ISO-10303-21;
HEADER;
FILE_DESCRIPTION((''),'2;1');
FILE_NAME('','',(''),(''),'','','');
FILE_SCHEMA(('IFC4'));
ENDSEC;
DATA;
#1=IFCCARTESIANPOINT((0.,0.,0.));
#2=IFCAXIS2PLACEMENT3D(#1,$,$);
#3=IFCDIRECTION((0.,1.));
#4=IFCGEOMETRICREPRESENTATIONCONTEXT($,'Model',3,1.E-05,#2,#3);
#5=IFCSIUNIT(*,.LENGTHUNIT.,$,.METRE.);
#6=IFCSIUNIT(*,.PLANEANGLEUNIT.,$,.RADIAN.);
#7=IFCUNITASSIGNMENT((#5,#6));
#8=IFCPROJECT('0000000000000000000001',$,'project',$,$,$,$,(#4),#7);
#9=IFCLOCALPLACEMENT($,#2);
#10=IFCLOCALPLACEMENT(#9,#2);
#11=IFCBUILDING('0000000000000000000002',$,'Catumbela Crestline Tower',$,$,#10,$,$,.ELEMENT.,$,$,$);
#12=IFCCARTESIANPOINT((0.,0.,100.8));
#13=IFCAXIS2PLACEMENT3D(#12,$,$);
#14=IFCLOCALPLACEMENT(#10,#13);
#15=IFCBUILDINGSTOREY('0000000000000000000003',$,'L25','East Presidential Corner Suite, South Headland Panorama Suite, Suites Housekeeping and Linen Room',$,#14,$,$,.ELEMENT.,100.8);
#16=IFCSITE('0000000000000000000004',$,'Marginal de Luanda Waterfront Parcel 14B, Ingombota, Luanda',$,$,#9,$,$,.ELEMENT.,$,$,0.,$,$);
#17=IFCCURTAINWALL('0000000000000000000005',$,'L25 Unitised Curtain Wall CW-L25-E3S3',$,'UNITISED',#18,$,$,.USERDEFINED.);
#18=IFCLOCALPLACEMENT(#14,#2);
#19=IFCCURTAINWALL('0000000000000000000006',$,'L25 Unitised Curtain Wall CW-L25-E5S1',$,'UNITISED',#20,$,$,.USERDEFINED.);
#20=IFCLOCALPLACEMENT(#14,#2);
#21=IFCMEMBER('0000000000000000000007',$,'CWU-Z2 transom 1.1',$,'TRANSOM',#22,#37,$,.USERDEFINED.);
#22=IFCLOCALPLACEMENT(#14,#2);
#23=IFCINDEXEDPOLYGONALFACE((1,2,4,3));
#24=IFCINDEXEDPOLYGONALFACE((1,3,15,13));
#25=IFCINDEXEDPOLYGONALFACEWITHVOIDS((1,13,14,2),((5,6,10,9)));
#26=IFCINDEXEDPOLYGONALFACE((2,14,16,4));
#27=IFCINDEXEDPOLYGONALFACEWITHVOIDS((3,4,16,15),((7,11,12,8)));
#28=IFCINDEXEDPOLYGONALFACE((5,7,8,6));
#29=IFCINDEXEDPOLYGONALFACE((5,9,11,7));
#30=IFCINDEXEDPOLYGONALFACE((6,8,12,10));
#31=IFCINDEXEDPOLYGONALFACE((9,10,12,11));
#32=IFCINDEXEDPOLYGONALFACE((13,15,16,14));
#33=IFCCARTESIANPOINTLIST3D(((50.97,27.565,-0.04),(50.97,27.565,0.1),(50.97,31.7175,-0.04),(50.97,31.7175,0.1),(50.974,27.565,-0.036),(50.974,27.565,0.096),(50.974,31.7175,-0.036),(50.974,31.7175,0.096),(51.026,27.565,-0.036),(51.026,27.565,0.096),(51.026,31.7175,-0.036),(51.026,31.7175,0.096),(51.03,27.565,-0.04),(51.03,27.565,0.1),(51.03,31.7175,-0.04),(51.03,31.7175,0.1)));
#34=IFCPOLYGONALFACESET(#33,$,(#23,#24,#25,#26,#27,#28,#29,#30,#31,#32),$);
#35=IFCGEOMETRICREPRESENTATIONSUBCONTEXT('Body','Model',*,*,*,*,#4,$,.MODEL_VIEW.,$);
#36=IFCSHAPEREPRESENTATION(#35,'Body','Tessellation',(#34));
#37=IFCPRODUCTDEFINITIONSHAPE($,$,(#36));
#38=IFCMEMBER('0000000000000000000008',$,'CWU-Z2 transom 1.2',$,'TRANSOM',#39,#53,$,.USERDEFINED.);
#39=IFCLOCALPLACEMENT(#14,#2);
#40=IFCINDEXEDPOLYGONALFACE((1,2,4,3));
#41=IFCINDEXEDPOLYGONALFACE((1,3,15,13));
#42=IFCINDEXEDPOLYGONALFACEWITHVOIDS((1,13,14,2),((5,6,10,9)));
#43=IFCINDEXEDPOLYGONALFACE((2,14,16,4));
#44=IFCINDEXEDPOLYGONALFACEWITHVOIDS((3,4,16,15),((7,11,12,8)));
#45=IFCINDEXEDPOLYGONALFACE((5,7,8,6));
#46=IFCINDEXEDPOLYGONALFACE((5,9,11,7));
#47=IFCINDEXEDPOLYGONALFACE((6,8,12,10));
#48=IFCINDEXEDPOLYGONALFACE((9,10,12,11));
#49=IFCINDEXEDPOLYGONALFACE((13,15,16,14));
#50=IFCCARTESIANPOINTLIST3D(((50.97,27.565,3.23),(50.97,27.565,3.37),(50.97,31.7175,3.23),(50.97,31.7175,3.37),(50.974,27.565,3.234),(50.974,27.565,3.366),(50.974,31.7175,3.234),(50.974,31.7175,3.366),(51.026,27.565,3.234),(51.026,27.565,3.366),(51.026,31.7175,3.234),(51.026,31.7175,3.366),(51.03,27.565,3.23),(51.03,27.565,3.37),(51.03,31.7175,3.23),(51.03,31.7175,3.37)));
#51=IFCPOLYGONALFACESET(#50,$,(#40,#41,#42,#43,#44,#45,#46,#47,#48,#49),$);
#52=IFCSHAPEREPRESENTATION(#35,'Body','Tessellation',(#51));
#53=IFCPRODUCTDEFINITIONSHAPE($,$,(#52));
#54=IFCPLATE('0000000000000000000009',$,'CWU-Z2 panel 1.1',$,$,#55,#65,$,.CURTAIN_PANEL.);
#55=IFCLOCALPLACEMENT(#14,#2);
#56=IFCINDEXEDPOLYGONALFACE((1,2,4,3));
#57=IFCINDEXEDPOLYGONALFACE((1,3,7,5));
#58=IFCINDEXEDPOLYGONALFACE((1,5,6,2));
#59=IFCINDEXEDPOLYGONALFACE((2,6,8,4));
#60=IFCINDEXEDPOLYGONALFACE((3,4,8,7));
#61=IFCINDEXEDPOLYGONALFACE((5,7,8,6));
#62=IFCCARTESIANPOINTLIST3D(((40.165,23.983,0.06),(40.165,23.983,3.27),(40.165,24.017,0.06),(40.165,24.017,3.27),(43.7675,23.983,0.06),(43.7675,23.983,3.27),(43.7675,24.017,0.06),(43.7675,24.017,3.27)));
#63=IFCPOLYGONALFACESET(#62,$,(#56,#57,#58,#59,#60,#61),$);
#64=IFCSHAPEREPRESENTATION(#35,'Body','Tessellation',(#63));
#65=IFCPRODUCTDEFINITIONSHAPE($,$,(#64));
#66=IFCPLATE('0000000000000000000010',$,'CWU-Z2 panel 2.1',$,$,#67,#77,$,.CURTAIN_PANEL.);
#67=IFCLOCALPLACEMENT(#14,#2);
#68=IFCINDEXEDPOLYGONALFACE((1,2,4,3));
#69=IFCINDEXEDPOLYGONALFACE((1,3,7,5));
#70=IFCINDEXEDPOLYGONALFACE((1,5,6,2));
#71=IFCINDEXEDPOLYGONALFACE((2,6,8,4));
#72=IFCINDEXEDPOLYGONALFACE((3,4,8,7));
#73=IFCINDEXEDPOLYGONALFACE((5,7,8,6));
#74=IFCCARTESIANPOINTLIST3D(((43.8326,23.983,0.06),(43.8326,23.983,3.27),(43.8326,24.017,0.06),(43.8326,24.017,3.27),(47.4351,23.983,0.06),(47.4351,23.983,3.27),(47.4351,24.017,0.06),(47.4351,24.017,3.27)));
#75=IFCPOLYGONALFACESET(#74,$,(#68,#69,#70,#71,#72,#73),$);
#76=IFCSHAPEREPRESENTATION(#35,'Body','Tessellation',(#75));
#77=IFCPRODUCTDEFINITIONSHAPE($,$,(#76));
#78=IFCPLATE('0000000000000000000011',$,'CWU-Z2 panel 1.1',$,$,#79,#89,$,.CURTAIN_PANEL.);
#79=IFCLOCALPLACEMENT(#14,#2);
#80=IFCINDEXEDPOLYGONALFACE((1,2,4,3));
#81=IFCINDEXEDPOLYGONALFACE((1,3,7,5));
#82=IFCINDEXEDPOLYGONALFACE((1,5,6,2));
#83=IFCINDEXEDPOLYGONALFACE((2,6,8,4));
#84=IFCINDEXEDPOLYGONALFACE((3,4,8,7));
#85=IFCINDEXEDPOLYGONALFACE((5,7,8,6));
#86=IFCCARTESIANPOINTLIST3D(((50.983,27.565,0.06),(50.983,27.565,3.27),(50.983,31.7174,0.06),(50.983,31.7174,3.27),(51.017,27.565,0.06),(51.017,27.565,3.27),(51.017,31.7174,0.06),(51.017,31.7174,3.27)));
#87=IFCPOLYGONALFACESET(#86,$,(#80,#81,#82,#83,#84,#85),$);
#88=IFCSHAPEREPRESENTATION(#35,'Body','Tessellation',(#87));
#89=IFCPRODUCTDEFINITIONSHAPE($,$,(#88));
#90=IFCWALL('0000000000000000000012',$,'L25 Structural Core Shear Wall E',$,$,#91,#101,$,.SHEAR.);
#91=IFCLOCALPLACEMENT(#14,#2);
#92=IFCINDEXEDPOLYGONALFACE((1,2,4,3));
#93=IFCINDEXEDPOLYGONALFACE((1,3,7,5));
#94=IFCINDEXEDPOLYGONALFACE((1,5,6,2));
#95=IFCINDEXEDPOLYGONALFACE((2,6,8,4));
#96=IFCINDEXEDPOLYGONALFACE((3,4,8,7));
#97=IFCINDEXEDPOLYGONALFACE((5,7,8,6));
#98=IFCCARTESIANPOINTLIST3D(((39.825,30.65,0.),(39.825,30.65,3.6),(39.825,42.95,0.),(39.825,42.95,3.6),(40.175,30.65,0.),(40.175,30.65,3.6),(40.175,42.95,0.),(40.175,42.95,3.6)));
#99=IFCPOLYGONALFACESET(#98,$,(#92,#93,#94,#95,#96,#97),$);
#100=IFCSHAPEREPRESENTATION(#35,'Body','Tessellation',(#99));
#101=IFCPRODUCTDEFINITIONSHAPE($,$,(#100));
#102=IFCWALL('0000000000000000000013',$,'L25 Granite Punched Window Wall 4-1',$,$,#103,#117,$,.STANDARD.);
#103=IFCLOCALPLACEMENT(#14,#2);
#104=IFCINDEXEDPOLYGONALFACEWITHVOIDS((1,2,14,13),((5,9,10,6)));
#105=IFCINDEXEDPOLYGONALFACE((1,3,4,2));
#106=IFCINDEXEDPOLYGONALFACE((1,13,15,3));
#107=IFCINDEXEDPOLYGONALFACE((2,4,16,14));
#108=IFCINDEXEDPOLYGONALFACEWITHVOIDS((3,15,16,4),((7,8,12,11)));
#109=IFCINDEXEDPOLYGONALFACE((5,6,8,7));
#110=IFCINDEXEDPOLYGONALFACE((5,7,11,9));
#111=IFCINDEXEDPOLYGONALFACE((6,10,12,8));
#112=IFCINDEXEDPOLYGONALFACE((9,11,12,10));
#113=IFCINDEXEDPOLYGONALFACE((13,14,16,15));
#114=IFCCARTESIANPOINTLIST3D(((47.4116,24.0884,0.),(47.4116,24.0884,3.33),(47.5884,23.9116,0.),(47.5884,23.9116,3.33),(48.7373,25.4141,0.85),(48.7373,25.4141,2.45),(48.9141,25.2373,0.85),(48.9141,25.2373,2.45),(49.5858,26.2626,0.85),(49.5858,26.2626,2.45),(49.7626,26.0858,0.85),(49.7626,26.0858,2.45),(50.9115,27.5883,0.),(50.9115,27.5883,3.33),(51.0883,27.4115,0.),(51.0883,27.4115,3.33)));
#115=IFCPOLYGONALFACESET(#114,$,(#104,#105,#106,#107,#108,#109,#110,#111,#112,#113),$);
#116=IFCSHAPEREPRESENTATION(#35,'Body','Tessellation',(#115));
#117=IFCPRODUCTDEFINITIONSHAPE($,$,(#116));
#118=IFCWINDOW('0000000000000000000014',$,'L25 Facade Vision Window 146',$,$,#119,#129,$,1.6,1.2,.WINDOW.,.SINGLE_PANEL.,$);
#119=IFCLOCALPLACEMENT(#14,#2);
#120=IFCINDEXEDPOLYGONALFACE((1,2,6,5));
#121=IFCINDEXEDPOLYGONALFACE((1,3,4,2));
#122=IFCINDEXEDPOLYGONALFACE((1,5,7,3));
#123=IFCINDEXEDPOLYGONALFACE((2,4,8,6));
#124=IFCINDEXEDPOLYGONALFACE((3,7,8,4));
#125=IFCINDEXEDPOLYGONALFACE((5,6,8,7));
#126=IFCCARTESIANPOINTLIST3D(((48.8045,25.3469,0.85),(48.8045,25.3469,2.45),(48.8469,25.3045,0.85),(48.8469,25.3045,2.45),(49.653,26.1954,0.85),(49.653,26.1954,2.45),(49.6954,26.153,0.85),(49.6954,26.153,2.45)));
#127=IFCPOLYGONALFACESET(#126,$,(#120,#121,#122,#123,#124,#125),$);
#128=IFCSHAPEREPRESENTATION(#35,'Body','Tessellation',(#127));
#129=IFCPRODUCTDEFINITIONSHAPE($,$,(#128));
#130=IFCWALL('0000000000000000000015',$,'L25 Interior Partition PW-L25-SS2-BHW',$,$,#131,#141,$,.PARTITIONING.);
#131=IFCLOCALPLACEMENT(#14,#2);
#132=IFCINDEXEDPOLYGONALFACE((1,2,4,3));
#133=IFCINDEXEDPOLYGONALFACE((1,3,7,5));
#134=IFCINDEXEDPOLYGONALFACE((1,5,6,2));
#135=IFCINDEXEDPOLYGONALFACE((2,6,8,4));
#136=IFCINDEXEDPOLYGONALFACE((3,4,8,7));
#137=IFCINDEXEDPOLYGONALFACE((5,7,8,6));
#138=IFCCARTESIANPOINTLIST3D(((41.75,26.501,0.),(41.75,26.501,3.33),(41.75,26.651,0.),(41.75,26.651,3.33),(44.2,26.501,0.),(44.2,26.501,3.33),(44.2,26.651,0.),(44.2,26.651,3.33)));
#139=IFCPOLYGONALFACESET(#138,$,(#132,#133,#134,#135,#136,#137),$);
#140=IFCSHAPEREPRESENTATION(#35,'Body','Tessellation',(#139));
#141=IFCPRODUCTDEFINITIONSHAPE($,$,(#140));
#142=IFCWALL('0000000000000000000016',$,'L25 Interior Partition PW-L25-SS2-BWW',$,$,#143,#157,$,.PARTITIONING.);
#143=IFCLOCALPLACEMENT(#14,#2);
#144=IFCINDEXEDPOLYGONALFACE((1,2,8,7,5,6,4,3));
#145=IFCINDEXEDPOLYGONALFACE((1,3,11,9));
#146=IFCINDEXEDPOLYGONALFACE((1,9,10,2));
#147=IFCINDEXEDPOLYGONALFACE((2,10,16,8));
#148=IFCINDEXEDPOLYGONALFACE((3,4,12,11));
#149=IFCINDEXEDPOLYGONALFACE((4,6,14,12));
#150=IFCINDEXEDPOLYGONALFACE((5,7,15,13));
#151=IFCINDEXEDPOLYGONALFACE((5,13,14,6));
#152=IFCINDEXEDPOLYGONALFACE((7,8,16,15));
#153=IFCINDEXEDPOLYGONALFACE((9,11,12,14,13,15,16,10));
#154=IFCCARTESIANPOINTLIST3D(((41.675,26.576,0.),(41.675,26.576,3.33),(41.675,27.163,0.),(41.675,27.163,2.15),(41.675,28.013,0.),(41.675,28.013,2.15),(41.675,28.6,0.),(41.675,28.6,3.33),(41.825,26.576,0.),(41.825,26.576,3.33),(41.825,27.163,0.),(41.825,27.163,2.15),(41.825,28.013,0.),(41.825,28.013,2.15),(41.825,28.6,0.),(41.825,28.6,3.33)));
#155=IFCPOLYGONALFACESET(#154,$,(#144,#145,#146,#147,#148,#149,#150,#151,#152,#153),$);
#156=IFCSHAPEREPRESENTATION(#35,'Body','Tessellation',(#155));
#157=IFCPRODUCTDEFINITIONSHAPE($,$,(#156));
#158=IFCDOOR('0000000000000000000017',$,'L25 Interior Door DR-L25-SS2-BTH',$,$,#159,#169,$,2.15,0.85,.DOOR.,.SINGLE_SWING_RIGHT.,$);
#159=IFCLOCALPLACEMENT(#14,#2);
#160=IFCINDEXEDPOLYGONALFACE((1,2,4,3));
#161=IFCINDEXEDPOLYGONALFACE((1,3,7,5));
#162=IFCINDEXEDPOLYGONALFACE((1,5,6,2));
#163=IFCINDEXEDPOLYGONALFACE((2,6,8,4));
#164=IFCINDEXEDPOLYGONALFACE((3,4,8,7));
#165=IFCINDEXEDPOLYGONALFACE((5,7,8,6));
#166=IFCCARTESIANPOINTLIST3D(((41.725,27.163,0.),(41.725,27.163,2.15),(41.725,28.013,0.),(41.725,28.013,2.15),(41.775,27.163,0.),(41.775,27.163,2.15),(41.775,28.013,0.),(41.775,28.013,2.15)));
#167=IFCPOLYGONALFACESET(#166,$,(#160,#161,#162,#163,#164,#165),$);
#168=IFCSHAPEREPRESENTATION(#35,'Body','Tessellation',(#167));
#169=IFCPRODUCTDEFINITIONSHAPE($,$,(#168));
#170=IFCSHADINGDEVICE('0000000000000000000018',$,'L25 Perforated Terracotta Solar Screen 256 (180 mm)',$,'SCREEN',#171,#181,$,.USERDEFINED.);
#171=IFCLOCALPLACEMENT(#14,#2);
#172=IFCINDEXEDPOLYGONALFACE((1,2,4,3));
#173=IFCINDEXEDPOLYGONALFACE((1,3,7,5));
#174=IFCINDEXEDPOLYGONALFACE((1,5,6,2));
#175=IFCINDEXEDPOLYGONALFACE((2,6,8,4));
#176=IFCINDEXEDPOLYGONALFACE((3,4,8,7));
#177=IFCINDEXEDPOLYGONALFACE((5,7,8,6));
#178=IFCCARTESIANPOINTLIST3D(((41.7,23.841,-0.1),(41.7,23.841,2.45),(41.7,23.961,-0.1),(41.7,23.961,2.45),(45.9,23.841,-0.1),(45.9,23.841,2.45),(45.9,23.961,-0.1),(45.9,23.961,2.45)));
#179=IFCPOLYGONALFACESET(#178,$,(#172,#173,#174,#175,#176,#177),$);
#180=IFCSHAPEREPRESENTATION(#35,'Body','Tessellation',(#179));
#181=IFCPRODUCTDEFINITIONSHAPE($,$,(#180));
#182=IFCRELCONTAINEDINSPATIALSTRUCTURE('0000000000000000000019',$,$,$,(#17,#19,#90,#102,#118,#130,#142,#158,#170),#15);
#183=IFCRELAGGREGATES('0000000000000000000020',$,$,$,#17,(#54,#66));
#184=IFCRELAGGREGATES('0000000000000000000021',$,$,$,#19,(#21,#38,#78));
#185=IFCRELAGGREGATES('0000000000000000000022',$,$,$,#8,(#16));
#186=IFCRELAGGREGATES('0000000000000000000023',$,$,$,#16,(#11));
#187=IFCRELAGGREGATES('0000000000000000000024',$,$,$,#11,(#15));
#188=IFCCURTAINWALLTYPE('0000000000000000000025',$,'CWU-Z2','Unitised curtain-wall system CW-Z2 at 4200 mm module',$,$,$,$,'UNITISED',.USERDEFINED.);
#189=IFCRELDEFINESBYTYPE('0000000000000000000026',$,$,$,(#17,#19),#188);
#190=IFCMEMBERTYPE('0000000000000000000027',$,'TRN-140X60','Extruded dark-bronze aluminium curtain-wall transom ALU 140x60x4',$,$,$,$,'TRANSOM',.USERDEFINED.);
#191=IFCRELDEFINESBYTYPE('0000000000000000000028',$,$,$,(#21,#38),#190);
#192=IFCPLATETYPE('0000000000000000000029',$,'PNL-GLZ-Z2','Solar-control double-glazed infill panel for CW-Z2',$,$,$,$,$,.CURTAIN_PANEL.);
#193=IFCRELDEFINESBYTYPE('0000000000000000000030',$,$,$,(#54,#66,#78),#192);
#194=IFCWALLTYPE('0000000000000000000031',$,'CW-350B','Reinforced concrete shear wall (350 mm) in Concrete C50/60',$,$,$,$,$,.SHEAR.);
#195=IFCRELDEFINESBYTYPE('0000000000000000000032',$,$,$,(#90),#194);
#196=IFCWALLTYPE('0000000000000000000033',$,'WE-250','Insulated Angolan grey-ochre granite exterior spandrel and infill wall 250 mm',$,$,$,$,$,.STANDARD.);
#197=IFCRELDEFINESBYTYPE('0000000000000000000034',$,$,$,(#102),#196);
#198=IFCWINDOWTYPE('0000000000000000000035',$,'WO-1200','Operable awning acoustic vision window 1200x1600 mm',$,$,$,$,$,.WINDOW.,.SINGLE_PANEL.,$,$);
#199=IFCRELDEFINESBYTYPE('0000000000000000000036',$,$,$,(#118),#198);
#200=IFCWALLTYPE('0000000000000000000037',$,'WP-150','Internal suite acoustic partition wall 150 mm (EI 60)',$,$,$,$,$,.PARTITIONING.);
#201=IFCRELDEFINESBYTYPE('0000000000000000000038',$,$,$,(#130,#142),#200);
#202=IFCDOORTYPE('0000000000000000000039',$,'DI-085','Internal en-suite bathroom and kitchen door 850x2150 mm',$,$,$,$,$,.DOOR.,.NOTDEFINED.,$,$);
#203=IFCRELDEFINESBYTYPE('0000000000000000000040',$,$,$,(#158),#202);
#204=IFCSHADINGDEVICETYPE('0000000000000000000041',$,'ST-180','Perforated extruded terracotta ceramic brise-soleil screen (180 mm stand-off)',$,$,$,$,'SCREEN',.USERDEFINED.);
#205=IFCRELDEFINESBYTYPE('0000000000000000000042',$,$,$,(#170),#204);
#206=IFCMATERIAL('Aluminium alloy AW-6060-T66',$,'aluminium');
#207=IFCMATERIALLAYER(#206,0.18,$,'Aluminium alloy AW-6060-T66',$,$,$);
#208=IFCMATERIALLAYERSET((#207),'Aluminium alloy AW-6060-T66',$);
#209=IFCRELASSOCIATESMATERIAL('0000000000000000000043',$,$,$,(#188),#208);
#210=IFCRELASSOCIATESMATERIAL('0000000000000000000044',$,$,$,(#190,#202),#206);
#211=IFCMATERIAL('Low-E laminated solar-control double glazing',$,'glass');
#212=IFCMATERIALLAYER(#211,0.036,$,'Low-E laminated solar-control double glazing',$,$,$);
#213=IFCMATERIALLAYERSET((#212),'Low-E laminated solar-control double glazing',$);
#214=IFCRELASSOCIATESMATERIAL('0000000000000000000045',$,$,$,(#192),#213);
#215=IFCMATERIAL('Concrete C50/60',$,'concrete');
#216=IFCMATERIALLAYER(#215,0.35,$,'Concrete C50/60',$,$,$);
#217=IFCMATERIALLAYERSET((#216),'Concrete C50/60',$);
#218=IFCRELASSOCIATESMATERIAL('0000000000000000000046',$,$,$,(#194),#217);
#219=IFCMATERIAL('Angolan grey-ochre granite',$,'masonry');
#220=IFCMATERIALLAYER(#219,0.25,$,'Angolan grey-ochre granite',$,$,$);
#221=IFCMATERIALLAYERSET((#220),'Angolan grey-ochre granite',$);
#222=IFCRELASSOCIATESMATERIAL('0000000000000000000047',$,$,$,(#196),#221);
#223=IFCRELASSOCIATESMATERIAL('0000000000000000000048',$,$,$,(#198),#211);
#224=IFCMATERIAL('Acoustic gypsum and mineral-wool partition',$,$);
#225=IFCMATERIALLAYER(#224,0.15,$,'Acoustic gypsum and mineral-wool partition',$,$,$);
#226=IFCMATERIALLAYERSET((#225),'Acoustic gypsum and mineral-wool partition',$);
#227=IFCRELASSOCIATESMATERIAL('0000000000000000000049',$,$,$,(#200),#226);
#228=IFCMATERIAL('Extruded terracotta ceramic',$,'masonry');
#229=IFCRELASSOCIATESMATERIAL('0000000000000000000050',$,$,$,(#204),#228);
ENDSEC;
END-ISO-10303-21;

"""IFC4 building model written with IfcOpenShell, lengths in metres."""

from ifc_helpers import new_model, si_unit, direction, frame, frame_2d, origin, origin_2d, place, context, subcontext, project, spatial, rectangle, hollow_rectangle, extrude, material, layer, layer_set, material_profile, profile_set, type_object, element, fill, aggregate, save


model = new_model("IFC4")

# Units and contexts
model_context = context("Model", 3, precision=1e-05, world=origin(), true_north=direction((0.0, 1.0)))
body_context = subcontext(model_context, "Body", "Model", "MODEL_VIEW")
ifc_project = project(units=[si_unit("LENGTHUNIT", "METRE"), si_unit("PLANEANGLEUNIT", "RADIAN")], contexts=[model_context])

# Site, building, storey
site_placement = place(None, origin())
site = spatial("IfcSite", under=ifc_project, at=site_placement, Name="Marginal de Luanda Waterfront Parcel 14B, Ingombota, Luanda", CompositionType="ELEMENT", RefElevation=0.0)
building_placement = place(site_placement, origin())
building = spatial("IfcBuilding", under=site, at=building_placement, Name="Catumbela Crestline Tower", CompositionType="ELEMENT")
storey_placement = place(building_placement, frame((0.0, 0.0, 100.8)))
storey = spatial("IfcBuildingStorey", under=building, at=storey_placement, Name="L25", Description="East Presidential Corner Suite, South Headland Panorama Suite, Suites Housekeeping and Linen Room", CompositionType="ELEMENT", Elevation=100.8)

# Shared definitions
ifc_material_1 = material(Name="Concrete C50/60", Category="concrete")

# Curtain wall
ifc_material_2 = material(Name="Aluminium alloy AW-6060-T66", Category="aluminium")
ifc_layer_1 = layer(ifc_material_2, 0.18, Name="Aluminium alloy AW-6060-T66")
ifc_layer_set_1 = layer_set([ifc_layer_1], Name="Aluminium alloy AW-6060-T66")
curtain_wall_type = type_object("IfcCurtainWallType", Name="CWU-Z2", Description="Unitised curtain-wall system CW-Z2 at 4200 mm module", ElementType="UNITISED", PredefinedType="USERDEFINED", material=ifc_layer_set_1)
curtain_wall_1_placement = place(storey_placement, origin())
curtain_wall_1 = element("IfcCurtainWall", 1, at=curtain_wall_1_placement, inside=storey, type_object=curtain_wall_type, Name="L25 Unitised Curtain Wall CW-L25-E3S3", ObjectType="UNITISED", PredefinedType="USERDEFINED")

# Curtain wall
curtain_wall_2_placement = place(storey_placement, origin())
curtain_wall_2 = element("IfcCurtainWall", 2, at=curtain_wall_2_placement, inside=storey, type_object=curtain_wall_type, Name="L25 Unitised Curtain Wall CW-L25-E5S1", ObjectType="UNITISED", PredefinedType="USERDEFINED")

# Members
ifc_material_profile_1 = material_profile(ifc_material_2, hollow_rectangle(XDim=0.06, YDim=0.14, WallThickness=0.004, at=origin_2d()), Name="ALU 140x60x4")
ifc_profile_set_1 = profile_set([ifc_material_profile_1], Name="Aluminium alloy AW-6060-T66")
member_type_1 = type_object("IfcMemberType", Name="TRN-140X60", Description="Extruded dark-bronze aluminium curtain-wall transom ALU 140x60x4", ElementType="TRANSOM", PredefinedType="USERDEFINED", material=ifc_profile_set_1)
member_1_placement = place(storey_placement, frame((51.0, 27.565, 0.03), z_axis=(0.0, 1.0, 0.0), x_axis=(-1.0, 0.0, 0.0)))
member_1 = element("IfcMember", 3, at=member_1_placement, type_object=member_type_1, Name="CWU-Z2 transom 1.1", ObjectType="TRANSOM", PredefinedType="USERDEFINED", context=body_context, shape_type="SweptSolid", body=[
    extrude(hollow_rectangle(XDim=0.06, YDim=0.14, WallThickness=0.004, at=origin_2d()), origin(), (0.0, 0.0, 1.0), 4.1525),
])
member_2_placement = place(storey_placement, frame((51.0, 27.565, 3.3), z_axis=(0.0, 1.0, 0.0), x_axis=(-1.0, 0.0, 0.0)))
member_2 = element("IfcMember", 4, at=member_2_placement, type_object=member_type_1, Name="CWU-Z2 transom 1.2", ObjectType="TRANSOM", PredefinedType="USERDEFINED", context=body_context, shape_type="SweptSolid", body=[
    extrude(hollow_rectangle(XDim=0.06, YDim=0.14, WallThickness=0.004, at=origin_2d()), origin(), (0.0, 0.0, 1.0), 4.1525),
])

# Plates
ifc_material_3 = material(Name="Low-E laminated solar-control double glazing", Category="glass")
ifc_layer_2 = layer(ifc_material_3, 0.036, Name="Low-E laminated solar-control double glazing")
ifc_layer_set_2 = layer_set([ifc_layer_2], Name="Low-E laminated solar-control double glazing")
plate_type = type_object("IfcPlateType", Name="PNL-GLZ-Z2", Description="Solar-control double-glazed infill panel for CW-Z2", PredefinedType="CURTAIN_PANEL", material=ifc_layer_set_2)
plate_1_placement = place(storey_placement, frame((41.9662, 24.0, 0.06), z_axis=(0.0, 0.0, 1.0), x_axis=(1.0, 0.0, 0.0)))
plate_1 = element("IfcPlate", 5, at=plate_1_placement, type_object=plate_type, Name="CWU-Z2 panel 1.1", PredefinedType="CURTAIN_PANEL", context=body_context, shape_type="SweptSolid", body=[
    extrude(rectangle(XDim=3.6025, YDim=0.034, at=origin_2d()), origin(), (0.0, 0.0, 1.0), 3.21),
])
plate_2_placement = place(storey_placement, frame((45.6338, 24.0, 0.06), z_axis=(0.0, 0.0, 1.0), x_axis=(1.0, 0.0, 0.0)))
plate_2 = element("IfcPlate", 6, at=plate_2_placement, type_object=plate_type, Name="CWU-Z2 panel 2.1", PredefinedType="CURTAIN_PANEL", context=body_context, shape_type="SweptSolid", body=[
    extrude(rectangle(XDim=3.6025, YDim=0.034, at=origin_2d()), origin(), (0.0, 0.0, 1.0), 3.21),
])
aggregate(curtain_wall_1, [plate_1, plate_2])
plate_3_placement = place(storey_placement, frame((51.0, 29.6412, 0.06), z_axis=(0.0, 0.0, 1.0), x_axis=(0.0, 1.0, 0.0)))
plate_3 = element("IfcPlate", 7, at=plate_3_placement, type_object=plate_type, Name="CWU-Z2 panel 1.1", PredefinedType="CURTAIN_PANEL", context=body_context, shape_type="SweptSolid", body=[
    extrude(rectangle(XDim=4.1525, YDim=0.034, at=origin_2d()), origin(), (0.0, 0.0, 1.0), 3.21),
])
aggregate(curtain_wall_2, [member_1, member_2, plate_3])

# Wall
ifc_layer_3 = layer(ifc_material_1, 0.35, Name="Concrete C50/60")
ifc_layer_set_3 = layer_set([ifc_layer_3], Name="Concrete C50/60")
wall_type_1 = type_object("IfcWallType", Name="CW-350B", Description="Reinforced concrete shear wall (350 mm) in Concrete C50/60", PredefinedType="SHEAR", material=ifc_layer_set_3)
wall_1_placement = place(storey_placement, frame((40.0, 30.65, 0.0), z_axis=(0.0, 0.0, 1.0), x_axis=(0.0, 1.0, 0.0)))
element("IfcWall", 8, at=wall_1_placement, inside=storey, type_object=wall_type_1, Name="L25 Structural Core Shear Wall E", PredefinedType="SHEAR", context=body_context, shape_type="SweptSolid", body=[
    extrude(rectangle(XDim=12.3, YDim=0.35, at=frame_2d((6.15, 0.0))), origin(), (0.0, 0.0, 1.0), 3.6),
])

# Wall, opening, window
ifc_material_4 = material(Name="Angolan grey-ochre granite", Category="masonry")
ifc_layer_4 = layer(ifc_material_4, 0.25, Name="Angolan grey-ochre granite")
ifc_layer_set_4 = layer_set([ifc_layer_4], Name="Angolan grey-ochre granite")
wall_type_2 = type_object("IfcWallType", Name="WE-250", Description="Insulated Angolan grey-ochre granite exterior spandrel and infill wall 250 mm", PredefinedType="STANDARD", material=ifc_layer_set_4)
wall_2_placement = place(storey_placement, frame((47.5, 24.0, 0.0), z_axis=(0.0, 0.0, 1.0), x_axis=(0.707107, 0.707107, 0.0)))
wall_2 = element("IfcWall", 9, at=wall_2_placement, inside=storey, type_object=wall_type_2, Name="L25 Granite Punched Window Wall 4-1", PredefinedType="STANDARD", context=body_context, shape_type="SweptSolid", body=[
    extrude(rectangle(XDim=4.9497, YDim=0.25, at=frame_2d((2.4748, 0.0))), origin(), (0.0, 0.0, 1.0), 3.33),
])
opening_1_placement = place(wall_2_placement, frame((1.8748, 0.0, 0.85)))
opening_1 = element("IfcOpeningElement", 10, at=opening_1_placement, cuts=wall_2, PredefinedType="OPENING", context=body_context, shape_type="SweptSolid", body=[
    extrude(rectangle(XDim=1.2, YDim=1.6, at=frame_2d((0.6, 0.8))), frame((0.0, 0.135, 0.0), z_axis=(0.0, -1.0, 0.0), x_axis=(1.0, 0.0, 0.0)), (0.0, 0.0, 1.0), 0.27),
])
window_type = type_object("IfcWindowType", Name="WO-1200", Description="Operable awning acoustic vision window 1200x1600 mm", PartitioningType="SINGLE_PANEL", PredefinedType="WINDOW", material=ifc_material_3)
window_placement = place(opening_1_placement, origin())
window = element("IfcWindow", 11, at=window_placement, inside=storey, type_object=window_type, Name="L25 Facade Vision Window 146", OverallHeight=1.6, OverallWidth=1.2, PartitioningType="SINGLE_PANEL", PredefinedType="WINDOW", context=body_context, shape_type="SweptSolid", body=[
    extrude(rectangle(XDim=1.2, YDim=1.6, at=frame_2d((0.6, 0.8))), frame((0.0, 0.03, 0.0), z_axis=(0.0, -1.0, 0.0), x_axis=(1.0, 0.0, 0.0)), (0.0, 0.0, 1.0), 0.06),
])
fill(opening_1, window)

# Wall
ifc_material_5 = material(Name="Acoustic gypsum and mineral-wool partition")
ifc_layer_5 = layer(ifc_material_5, 0.15, Name="Acoustic gypsum and mineral-wool partition")
ifc_layer_set_5 = layer_set([ifc_layer_5], Name="Acoustic gypsum and mineral-wool partition")
wall_type_3 = type_object("IfcWallType", Name="WP-150", Description="Internal suite acoustic partition wall 150 mm (EI 60)", PredefinedType="PARTITIONING", material=ifc_layer_set_5)
wall_3_placement = place(storey_placement, frame((41.75, 26.576, 0.0), z_axis=(0.0, 0.0, 1.0), x_axis=(1.0, 0.0, 0.0)))
element("IfcWall", 12, at=wall_3_placement, inside=storey, type_object=wall_type_3, Name="L25 Interior Partition PW-L25-SS2-BHW", PredefinedType="PARTITIONING", context=body_context, shape_type="SweptSolid", body=[
    extrude(rectangle(XDim=2.45, YDim=0.15, at=frame_2d((1.225, 0.0))), origin(), (0.0, 0.0, 1.0), 3.33),
])

# Wall, opening, door
wall_4_placement = place(storey_placement, frame((41.75, 26.576, 0.0), z_axis=(0.0, 0.0, 1.0), x_axis=(0.0, 1.0, 0.0)))
wall_4 = element("IfcWall", 13, at=wall_4_placement, inside=storey, type_object=wall_type_3, Name="L25 Interior Partition PW-L25-SS2-BWW", PredefinedType="PARTITIONING", context=body_context, shape_type="SweptSolid", body=[
    extrude(rectangle(XDim=2.024, YDim=0.15, at=frame_2d((1.012, 0.0))), origin(), (0.0, 0.0, 1.0), 3.33),
])
opening_2_placement = place(wall_4_placement, frame((0.587, 0.0, 0.0)))
opening_2 = element("IfcOpeningElement", 14, at=opening_2_placement, cuts=wall_4, PredefinedType="OPENING", context=body_context, shape_type="SweptSolid", body=[
    extrude(rectangle(XDim=0.85, YDim=2.15, at=frame_2d((0.425, 1.075))), frame((0.0, 0.085, 0.0), z_axis=(0.0, -1.0, 0.0), x_axis=(1.0, 0.0, 0.0)), (0.0, 0.0, 1.0), 0.17),
])
door_type = type_object("IfcDoorType", Name="DI-085", Description="Internal en-suite bathroom and kitchen door 850x2150 mm", OperationType="NOTDEFINED", PredefinedType="DOOR", material=ifc_material_2)
door_placement = place(opening_2_placement, origin())
door = element("IfcDoor", 15, at=door_placement, inside=storey, type_object=door_type, Name="L25 Interior Door DR-L25-SS2-BTH", OperationType="SINGLE_SWING_RIGHT", OverallHeight=2.15, OverallWidth=0.85, PredefinedType="DOOR", context=body_context, shape_type="SweptSolid", body=[
    extrude(rectangle(XDim=0.85, YDim=2.15, at=frame_2d((0.425, 1.075))), frame((0.0, 0.025, 0.0), z_axis=(0.0, -1.0, 0.0), x_axis=(1.0, 0.0, 0.0)), (0.0, 0.0, 1.0), 0.05),
])
fill(opening_2, door)

# Shading device
ifc_material_6 = material(Name="Extruded terracotta ceramic", Category="masonry")
shading_device_type = type_object("IfcShadingDeviceType", Name="ST-180", Description="Perforated extruded terracotta ceramic brise-soleil screen (180 mm stand-off)", ElementType="SCREEN", PredefinedType="USERDEFINED", material=ifc_material_6)
shading_device_placement = place(storey_placement, frame((43.8, 23.901, -0.1), z_axis=(0.0, 0.0, 1.0), x_axis=(1.0, 0.0, 0.0)))
element("IfcShadingDevice", 16, at=shading_device_placement, inside=storey, type_object=shading_device_type, Name="L25 Perforated Terracotta Solar Screen 256 (180 mm)", ObjectType="SCREEN", PredefinedType="USERDEFINED", context=body_context, shape_type="SweptSolid", body=[
    extrude(rectangle(XDim=4.2, YDim=0.12, at=origin_2d()), origin(), (0.0, 0.0, 1.0), 2.55),
])

save(model, "model.ifc")
